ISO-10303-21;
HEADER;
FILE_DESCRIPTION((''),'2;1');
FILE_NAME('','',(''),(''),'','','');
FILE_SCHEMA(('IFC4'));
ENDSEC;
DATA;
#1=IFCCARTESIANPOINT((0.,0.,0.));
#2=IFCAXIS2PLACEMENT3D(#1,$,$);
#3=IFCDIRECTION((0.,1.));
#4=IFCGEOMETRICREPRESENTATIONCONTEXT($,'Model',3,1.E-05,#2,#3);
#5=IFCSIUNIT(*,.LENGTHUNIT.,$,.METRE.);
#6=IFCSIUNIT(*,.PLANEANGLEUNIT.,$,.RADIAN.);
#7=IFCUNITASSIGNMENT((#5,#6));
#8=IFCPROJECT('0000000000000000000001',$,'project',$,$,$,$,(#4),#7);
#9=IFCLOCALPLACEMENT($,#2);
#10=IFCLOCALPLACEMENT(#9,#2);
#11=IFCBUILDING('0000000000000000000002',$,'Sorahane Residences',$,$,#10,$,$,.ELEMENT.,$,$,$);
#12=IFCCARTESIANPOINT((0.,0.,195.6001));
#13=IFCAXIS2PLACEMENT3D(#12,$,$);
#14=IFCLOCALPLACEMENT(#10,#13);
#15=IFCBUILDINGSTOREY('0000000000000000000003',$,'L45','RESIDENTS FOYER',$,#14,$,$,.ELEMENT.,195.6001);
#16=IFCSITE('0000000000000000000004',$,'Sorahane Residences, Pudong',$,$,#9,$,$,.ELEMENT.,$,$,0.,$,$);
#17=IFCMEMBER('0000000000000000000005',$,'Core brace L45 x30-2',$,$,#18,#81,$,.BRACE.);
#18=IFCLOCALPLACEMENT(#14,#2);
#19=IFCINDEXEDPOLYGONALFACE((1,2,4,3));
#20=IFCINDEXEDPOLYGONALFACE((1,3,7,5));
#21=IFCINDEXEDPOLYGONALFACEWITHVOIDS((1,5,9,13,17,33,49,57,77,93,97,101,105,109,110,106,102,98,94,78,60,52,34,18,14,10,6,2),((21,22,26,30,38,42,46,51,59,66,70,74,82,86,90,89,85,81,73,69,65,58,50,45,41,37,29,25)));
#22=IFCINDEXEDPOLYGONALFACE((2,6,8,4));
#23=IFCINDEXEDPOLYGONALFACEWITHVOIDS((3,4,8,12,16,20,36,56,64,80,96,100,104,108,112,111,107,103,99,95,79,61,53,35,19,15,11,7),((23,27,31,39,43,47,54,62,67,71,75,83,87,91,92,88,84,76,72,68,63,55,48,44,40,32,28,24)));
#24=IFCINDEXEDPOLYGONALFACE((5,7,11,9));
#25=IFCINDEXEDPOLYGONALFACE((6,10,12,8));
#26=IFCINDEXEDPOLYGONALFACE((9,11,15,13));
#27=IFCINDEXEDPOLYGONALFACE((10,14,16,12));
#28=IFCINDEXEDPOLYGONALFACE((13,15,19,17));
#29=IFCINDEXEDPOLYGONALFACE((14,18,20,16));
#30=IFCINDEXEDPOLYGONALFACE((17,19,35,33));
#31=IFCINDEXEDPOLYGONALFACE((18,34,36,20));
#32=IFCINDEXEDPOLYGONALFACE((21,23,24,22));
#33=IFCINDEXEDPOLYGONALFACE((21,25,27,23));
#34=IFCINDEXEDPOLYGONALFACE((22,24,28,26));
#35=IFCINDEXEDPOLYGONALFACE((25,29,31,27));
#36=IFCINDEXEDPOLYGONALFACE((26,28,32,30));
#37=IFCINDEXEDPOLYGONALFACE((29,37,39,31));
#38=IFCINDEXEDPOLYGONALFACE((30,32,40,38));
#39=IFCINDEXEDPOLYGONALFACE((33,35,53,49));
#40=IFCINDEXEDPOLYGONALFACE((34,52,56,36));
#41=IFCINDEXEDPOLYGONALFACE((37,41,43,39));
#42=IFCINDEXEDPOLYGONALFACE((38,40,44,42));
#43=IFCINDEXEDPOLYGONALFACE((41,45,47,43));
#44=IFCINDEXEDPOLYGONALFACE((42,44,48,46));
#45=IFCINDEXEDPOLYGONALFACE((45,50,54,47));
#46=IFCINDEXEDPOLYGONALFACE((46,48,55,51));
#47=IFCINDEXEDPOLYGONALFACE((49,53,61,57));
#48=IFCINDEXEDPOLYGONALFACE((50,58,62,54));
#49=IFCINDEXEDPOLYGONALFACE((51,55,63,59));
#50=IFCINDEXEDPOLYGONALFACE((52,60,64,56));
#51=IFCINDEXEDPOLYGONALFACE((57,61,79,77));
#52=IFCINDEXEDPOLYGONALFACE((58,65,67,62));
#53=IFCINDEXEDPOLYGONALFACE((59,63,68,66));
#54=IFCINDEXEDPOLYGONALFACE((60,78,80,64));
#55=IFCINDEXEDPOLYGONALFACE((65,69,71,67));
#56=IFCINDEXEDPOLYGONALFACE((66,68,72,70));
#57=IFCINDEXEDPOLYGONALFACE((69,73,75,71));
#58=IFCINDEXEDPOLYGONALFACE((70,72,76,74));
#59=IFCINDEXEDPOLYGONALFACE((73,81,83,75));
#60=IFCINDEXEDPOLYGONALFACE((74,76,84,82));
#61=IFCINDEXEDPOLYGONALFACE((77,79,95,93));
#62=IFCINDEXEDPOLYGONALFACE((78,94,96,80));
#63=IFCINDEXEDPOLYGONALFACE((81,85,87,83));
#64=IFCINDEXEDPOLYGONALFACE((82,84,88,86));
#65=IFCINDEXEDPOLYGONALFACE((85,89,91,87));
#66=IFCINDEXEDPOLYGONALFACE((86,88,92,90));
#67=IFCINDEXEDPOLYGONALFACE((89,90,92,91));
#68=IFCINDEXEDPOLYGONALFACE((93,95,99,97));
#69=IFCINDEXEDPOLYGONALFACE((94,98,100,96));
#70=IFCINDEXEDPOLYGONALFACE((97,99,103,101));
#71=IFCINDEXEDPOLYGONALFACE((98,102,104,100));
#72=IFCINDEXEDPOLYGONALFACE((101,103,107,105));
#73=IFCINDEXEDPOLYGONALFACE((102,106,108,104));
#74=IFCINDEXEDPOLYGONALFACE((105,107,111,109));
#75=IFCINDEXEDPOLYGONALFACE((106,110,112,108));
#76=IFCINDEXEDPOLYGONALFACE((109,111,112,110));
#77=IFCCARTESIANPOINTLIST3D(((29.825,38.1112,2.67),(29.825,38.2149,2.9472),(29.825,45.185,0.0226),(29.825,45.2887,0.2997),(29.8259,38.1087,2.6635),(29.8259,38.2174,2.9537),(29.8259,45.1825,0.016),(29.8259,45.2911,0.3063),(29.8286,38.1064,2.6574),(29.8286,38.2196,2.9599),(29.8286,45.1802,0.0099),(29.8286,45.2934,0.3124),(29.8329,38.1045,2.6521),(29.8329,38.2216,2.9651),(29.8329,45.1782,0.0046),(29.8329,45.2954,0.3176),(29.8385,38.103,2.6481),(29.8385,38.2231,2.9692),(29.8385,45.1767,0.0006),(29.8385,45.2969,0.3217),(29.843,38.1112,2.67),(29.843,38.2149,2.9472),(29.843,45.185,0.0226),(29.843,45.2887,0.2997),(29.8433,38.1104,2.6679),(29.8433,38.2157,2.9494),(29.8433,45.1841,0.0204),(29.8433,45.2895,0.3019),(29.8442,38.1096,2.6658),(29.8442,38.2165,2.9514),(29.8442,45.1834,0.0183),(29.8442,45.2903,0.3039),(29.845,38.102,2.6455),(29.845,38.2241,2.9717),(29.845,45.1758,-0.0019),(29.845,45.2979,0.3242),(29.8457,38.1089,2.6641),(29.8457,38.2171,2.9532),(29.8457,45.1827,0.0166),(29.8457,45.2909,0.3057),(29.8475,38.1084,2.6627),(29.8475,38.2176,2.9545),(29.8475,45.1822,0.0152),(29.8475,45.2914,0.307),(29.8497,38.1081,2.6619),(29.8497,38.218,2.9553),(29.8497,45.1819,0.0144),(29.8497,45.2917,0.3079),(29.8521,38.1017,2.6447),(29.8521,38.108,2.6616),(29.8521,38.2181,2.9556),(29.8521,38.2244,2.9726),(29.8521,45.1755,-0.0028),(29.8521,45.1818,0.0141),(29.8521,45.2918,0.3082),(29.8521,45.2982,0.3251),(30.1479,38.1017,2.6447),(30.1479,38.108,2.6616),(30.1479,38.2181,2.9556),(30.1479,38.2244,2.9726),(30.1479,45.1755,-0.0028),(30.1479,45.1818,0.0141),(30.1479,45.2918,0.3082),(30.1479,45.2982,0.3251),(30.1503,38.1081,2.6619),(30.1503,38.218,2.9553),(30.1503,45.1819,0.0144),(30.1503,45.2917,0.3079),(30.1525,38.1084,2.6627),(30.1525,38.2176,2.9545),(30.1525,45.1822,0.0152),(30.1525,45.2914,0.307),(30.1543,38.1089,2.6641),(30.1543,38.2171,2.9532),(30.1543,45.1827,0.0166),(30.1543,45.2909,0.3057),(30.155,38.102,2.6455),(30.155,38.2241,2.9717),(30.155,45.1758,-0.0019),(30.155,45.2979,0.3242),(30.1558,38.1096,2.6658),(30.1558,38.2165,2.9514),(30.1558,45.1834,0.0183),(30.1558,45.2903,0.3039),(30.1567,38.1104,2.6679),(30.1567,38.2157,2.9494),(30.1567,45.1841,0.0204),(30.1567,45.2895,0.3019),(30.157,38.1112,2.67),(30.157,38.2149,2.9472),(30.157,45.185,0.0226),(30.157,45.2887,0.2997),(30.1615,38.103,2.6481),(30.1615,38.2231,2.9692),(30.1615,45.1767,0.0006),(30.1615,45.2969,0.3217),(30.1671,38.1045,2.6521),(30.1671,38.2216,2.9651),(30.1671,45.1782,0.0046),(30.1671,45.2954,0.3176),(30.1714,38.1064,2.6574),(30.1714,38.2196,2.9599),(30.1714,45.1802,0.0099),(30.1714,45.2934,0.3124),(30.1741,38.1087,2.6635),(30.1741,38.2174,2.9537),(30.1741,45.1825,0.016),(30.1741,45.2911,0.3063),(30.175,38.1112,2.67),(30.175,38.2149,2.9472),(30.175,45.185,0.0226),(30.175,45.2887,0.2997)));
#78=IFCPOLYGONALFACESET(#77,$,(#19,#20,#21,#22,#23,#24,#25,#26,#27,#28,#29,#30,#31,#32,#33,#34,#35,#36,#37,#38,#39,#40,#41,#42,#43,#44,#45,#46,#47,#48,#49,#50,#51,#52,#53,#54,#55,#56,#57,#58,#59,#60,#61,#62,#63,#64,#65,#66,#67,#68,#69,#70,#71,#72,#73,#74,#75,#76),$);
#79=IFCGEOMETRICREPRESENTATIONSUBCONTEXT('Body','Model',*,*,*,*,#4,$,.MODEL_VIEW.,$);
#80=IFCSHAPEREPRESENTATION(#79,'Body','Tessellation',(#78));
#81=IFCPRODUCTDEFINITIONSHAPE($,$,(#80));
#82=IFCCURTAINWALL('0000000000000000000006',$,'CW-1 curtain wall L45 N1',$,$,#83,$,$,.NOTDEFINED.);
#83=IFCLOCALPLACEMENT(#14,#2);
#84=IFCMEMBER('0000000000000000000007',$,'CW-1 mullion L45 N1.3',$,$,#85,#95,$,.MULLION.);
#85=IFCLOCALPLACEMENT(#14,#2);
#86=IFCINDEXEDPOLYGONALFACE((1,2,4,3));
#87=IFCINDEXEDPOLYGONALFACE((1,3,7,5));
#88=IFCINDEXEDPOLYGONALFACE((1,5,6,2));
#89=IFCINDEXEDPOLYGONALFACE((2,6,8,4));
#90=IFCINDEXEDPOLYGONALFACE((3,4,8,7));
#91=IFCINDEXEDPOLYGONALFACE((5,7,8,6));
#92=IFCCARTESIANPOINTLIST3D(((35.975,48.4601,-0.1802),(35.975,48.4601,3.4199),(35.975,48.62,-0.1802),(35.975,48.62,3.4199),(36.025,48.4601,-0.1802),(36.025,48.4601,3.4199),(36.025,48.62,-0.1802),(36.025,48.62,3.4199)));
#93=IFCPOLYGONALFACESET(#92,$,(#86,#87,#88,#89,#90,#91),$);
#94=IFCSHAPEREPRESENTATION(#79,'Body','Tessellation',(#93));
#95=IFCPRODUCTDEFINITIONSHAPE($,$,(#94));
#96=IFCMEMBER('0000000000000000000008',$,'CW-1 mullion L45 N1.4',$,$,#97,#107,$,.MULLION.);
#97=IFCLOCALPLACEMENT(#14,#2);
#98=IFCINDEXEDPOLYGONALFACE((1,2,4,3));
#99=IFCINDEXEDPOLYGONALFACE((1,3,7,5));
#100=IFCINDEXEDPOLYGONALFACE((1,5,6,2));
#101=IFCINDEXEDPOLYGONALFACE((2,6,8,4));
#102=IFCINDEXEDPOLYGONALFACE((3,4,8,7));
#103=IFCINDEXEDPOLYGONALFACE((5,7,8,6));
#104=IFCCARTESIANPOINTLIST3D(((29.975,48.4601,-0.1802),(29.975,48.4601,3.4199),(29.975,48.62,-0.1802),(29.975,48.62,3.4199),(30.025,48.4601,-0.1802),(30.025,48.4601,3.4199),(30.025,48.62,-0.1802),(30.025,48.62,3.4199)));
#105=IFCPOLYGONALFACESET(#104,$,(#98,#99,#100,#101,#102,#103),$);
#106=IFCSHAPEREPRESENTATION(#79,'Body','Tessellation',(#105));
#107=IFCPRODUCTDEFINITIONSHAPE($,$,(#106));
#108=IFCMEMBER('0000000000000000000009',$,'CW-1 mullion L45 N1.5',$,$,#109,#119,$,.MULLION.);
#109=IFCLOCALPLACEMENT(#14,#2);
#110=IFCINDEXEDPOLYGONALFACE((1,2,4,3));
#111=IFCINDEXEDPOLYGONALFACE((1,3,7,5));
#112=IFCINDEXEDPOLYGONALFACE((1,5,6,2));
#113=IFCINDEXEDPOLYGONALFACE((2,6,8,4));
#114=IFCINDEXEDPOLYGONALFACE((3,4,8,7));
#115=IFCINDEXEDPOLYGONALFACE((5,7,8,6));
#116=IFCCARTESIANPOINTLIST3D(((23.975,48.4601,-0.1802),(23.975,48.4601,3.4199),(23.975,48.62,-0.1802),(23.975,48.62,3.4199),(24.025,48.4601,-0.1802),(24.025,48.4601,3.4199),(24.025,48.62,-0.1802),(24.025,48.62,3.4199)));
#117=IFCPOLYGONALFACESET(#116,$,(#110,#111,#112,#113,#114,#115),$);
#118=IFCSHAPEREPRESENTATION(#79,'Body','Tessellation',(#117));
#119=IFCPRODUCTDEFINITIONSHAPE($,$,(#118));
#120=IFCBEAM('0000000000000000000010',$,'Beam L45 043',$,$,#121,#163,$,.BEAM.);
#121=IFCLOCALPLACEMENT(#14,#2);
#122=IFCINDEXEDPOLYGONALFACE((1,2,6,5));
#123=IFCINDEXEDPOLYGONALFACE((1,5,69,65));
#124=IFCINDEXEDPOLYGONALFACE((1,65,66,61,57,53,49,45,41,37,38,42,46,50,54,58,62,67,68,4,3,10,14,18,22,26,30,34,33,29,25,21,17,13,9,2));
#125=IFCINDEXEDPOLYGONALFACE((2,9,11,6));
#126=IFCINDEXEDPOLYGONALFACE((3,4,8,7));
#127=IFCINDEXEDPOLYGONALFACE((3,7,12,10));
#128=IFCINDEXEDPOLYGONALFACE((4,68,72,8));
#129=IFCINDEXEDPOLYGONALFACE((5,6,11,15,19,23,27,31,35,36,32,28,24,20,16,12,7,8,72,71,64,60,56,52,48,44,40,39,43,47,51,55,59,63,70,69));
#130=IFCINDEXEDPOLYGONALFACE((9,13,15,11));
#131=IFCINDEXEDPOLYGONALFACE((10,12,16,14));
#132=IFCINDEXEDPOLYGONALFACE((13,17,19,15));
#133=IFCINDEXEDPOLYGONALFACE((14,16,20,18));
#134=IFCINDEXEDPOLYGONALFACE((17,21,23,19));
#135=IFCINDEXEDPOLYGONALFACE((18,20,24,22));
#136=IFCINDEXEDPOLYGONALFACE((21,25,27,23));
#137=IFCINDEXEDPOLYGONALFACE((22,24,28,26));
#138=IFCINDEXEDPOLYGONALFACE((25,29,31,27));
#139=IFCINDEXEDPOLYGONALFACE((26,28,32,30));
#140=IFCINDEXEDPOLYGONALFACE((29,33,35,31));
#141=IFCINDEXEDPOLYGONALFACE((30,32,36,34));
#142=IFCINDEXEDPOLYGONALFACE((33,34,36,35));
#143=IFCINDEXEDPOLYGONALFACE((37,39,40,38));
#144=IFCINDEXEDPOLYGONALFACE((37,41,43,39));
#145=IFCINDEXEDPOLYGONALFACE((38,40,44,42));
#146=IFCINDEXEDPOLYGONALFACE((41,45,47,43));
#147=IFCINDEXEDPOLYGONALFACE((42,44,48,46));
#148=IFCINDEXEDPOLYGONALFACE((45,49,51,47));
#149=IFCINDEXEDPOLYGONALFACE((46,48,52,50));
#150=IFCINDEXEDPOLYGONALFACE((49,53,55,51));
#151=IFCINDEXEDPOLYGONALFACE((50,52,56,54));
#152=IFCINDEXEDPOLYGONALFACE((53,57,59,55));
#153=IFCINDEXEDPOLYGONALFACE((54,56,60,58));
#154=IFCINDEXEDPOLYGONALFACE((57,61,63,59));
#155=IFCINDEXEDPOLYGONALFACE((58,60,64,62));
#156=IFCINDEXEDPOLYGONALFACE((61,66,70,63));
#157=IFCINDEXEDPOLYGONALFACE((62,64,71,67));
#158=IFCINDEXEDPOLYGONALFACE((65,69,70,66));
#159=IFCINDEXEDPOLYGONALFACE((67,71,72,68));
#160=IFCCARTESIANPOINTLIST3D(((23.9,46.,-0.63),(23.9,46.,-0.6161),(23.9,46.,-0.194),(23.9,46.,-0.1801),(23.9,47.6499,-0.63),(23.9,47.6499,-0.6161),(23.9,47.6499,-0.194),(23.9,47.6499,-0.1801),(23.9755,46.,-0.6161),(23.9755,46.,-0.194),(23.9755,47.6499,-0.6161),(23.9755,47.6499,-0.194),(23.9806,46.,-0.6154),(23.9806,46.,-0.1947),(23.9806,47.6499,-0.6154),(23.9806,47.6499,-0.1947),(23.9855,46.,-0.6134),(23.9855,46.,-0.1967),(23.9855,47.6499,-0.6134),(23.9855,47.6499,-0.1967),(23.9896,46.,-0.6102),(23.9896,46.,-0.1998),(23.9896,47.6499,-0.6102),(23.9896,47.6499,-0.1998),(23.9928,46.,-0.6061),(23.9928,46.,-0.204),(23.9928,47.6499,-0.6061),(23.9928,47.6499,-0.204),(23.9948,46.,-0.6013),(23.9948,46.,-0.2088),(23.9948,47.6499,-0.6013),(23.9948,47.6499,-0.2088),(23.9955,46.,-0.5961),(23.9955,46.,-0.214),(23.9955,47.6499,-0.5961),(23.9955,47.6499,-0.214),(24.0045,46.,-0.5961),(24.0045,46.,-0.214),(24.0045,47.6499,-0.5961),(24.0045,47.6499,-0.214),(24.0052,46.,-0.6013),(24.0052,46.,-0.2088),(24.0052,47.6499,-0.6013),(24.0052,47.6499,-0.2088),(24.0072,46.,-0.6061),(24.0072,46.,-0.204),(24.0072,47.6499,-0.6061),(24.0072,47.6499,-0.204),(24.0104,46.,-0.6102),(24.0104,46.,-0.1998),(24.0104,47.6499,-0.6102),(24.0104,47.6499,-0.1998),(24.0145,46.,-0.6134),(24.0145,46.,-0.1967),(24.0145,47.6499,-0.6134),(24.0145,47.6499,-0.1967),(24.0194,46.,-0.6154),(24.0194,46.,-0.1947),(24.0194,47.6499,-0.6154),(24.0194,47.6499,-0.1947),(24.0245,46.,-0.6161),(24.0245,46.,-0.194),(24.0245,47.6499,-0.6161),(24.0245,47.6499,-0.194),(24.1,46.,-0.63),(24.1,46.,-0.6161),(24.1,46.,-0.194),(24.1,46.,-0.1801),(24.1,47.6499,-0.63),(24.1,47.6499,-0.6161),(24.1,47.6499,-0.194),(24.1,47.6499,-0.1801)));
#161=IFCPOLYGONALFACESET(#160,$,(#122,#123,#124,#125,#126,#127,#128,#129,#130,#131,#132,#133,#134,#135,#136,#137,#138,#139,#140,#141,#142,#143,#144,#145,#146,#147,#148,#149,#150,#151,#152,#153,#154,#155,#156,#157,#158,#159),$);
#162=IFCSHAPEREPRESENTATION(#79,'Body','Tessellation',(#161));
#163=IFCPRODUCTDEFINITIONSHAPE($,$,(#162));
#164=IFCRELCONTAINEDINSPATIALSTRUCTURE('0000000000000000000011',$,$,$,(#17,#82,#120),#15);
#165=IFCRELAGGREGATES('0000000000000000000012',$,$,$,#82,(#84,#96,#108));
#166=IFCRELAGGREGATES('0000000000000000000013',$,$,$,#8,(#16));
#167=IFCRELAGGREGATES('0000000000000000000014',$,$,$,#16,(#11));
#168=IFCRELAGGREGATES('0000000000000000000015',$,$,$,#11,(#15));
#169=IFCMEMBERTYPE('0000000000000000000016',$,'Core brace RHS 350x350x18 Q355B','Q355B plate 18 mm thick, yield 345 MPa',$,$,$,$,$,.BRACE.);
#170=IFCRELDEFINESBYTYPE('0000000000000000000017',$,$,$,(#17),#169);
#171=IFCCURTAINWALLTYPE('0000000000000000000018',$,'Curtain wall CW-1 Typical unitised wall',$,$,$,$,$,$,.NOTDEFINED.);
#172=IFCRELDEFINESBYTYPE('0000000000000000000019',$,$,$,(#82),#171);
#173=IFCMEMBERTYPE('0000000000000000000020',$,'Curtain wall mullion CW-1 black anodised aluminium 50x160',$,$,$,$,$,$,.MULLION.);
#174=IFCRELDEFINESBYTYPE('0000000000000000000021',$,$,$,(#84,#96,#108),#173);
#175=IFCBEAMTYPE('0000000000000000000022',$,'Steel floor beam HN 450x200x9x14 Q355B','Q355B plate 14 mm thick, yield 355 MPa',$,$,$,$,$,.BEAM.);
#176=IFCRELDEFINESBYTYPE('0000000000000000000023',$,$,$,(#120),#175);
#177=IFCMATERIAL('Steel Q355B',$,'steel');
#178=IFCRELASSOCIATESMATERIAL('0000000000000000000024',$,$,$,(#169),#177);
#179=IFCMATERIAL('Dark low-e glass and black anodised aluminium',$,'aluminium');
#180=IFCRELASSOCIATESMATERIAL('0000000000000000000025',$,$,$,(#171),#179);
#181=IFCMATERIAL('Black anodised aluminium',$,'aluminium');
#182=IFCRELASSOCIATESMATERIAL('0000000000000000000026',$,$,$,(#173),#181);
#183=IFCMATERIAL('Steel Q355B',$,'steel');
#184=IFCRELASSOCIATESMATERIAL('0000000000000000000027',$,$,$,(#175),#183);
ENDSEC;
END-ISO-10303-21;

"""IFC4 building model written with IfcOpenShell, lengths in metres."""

from ifc_helpers import new_model, si_unit, direction, frame, origin, origin_2d, place, context, subcontext, project, spatial, rectangle, hollow_rectangle, i_section, extrude, material, material_profile, profile_set, type_object, element, aggregate, save


model = new_model("IFC4")

# Units and contexts
model_context = context("Model", 3, precision=1e-05, world=origin(), true_north=direction((0.0, 1.0)))
body_context = subcontext(model_context, "Body", "Model", "MODEL_VIEW")
ifc_project = project(units=[si_unit("LENGTHUNIT", "METRE"), si_unit("PLANEANGLEUNIT", "RADIAN")], contexts=[model_context])

# Site, building, storey
site_placement = place(None, origin())
site = spatial("IfcSite", under=ifc_project, at=site_placement, Name="Sorahane Residences, Pudong", CompositionType="ELEMENT", RefElevation=0.0)
building_placement = place(site_placement, origin())
building = spatial("IfcBuilding", under=site, at=building_placement, Name="Sorahane Residences", CompositionType="ELEMENT")
storey_placement = place(building_placement, frame((0.0, 0.0, 195.6001)))
storey = spatial("IfcBuildingStorey", under=building, at=storey_placement, Name="L45", Description="RESIDENTS FOYER", CompositionType="ELEMENT", Elevation=195.6001)

# Member
ifc_material_1 = material(Name="Steel Q355B", Category="steel")
ifc_material_profile_1 = material_profile(ifc_material_1, hollow_rectangle(XDim=0.3501, YDim=0.3501, WallThickness=0.0181, InnerFilletRadius=0.009, OuterFilletRadius=0.0271, at=origin_2d()), Name="RHS 350x350x18")
ifc_profile_set_1 = profile_set([ifc_material_profile_1], Name="Steel Q355B")
member_type_1 = type_object("IfcMemberType", Name="Core brace RHS 350x350x18 Q355B", Description="Q355B plate 18 mm thick, yield 345 MPa", PredefinedType="BRACE", material=ifc_profile_set_1)
member_1_placement = place(storey_placement, frame((30.0, 45.2368, 0.1611), z_axis=(0.0, -0.936555, 0.350521), x_axis=(1.0, 0.0, 0.0)))
element("IfcMember", 1, at=member_1_placement, inside=storey, type_object=member_type_1, Name="Core brace L45 x30-2", PredefinedType="BRACE", context=body_context, shape_type="SweptSolid", body=[
    extrude(hollow_rectangle(XDim=0.3501, YDim=0.3501, WallThickness=0.0181, InnerFilletRadius=0.009, OuterFilletRadius=0.0271, at=origin_2d()), origin(), (0.0, 0.0, 1.0), 7.553),
])

# Curtain wall, members
ifc_material_2 = material(Name="Dark low-e glass and black anodised aluminium", Category="aluminium")
curtain_wall_type = type_object("IfcCurtainWallType", Name="Curtain wall CW-1 Typical unitised wall", PredefinedType="NOTDEFINED", material=ifc_material_2)
curtain_wall_placement = place(storey_placement, origin())
curtain_wall = element("IfcCurtainWall", 2, at=curtain_wall_placement, inside=storey, type_object=curtain_wall_type, Name="CW-1 curtain wall L45 N1", PredefinedType="NOTDEFINED")
ifc_material_3 = material(Name="Black anodised aluminium", Category="aluminium")
ifc_material_profile_2 = material_profile(ifc_material_3, rectangle(XDim=0.1599, YDim=0.05, at=origin_2d()), Name="Curtain wall mullion CW-1 black anodised aluminium 50x160")
ifc_profile_set_2 = profile_set([ifc_material_profile_2], Name="Black anodised aluminium")
member_type_2 = type_object("IfcMemberType", Name="Curtain wall mullion CW-1 black anodised aluminium 50x160", PredefinedType="MULLION", material=ifc_profile_set_2)
member_2_placement = place(storey_placement, frame((36.0, 48.54, -0.1802), z_axis=(0.0, 0.0, 1.0), x_axis=(0.0, 1.0, 0.0)))
member_2 = element("IfcMember", 3, at=member_2_placement, type_object=member_type_2, Name="CW-1 mullion L45 N1.3", PredefinedType="MULLION", context=body_context, shape_type="SweptSolid", body=[
    extrude(rectangle(XDim=0.1599, YDim=0.05, at=origin_2d()), origin(), (0.0, 0.0, 1.0), 3.6001),
])
member_3_placement = place(storey_placement, frame((30.0, 48.54, -0.1802), z_axis=(0.0, 0.0, 1.0), x_axis=(0.0, 1.0, 0.0)))
member_3 = element("IfcMember", 4, at=member_3_placement, type_object=member_type_2, Name="CW-1 mullion L45 N1.4", PredefinedType="MULLION", context=body_context, shape_type="SweptSolid", body=[
    extrude(rectangle(XDim=0.1599, YDim=0.05, at=origin_2d()), origin(), (0.0, 0.0, 1.0), 3.6001),
])
member_4_placement = place(storey_placement, frame((24.0, 48.54, -0.1802), z_axis=(0.0, 0.0, 1.0), x_axis=(0.0, 1.0, 0.0)))
member_4 = element("IfcMember", 5, at=member_4_placement, type_object=member_type_2, Name="CW-1 mullion L45 N1.5", PredefinedType="MULLION", context=body_context, shape_type="SweptSolid", body=[
    extrude(rectangle(XDim=0.1599, YDim=0.05, at=origin_2d()), origin(), (0.0, 0.0, 1.0), 3.6001),
])

# Beam
ifc_material_4 = material(Name="Steel Q355B", Category="steel")
ifc_material_profile_3 = material_profile(ifc_material_4, i_section(OverallWidth=0.2, OverallDepth=0.45, WebThickness=0.009, FlangeThickness=0.0139, FilletRadius=0.02, at=origin_2d()), Name="HN 450x200x9x14")
ifc_profile_set_3 = profile_set([ifc_material_profile_3], Name="Steel Q355B")
beam_type_1 = type_object("IfcBeamType", Name="Steel floor beam HN 450x200x9x14 Q355B", Description="Q355B plate 14 mm thick, yield 355 MPa", PredefinedType="BEAM", material=ifc_profile_set_3)
beam_1_placement = place(storey_placement, frame((24.0, 46.0, -0.405), z_axis=(0.0, 1.0, 0.0), x_axis=(-1.0, 0.0, 0.0)))
element("IfcBeam", 6, at=beam_1_placement, inside=storey, type_object=beam_type_1, Name="Beam L45 043", PredefinedType="BEAM", context=body_context, shape_type="SweptSolid", body=[
    extrude(i_section(OverallWidth=0.2, OverallDepth=0.45, WebThickness=0.009, FlangeThickness=0.0139, FilletRadius=0.02, at=origin_2d()), origin(), (0.0, 0.0, 1.0), 1.6499),
])

aggregate(curtain_wall, [member_2, member_3, member_4])

save(model, "model.ifc")
